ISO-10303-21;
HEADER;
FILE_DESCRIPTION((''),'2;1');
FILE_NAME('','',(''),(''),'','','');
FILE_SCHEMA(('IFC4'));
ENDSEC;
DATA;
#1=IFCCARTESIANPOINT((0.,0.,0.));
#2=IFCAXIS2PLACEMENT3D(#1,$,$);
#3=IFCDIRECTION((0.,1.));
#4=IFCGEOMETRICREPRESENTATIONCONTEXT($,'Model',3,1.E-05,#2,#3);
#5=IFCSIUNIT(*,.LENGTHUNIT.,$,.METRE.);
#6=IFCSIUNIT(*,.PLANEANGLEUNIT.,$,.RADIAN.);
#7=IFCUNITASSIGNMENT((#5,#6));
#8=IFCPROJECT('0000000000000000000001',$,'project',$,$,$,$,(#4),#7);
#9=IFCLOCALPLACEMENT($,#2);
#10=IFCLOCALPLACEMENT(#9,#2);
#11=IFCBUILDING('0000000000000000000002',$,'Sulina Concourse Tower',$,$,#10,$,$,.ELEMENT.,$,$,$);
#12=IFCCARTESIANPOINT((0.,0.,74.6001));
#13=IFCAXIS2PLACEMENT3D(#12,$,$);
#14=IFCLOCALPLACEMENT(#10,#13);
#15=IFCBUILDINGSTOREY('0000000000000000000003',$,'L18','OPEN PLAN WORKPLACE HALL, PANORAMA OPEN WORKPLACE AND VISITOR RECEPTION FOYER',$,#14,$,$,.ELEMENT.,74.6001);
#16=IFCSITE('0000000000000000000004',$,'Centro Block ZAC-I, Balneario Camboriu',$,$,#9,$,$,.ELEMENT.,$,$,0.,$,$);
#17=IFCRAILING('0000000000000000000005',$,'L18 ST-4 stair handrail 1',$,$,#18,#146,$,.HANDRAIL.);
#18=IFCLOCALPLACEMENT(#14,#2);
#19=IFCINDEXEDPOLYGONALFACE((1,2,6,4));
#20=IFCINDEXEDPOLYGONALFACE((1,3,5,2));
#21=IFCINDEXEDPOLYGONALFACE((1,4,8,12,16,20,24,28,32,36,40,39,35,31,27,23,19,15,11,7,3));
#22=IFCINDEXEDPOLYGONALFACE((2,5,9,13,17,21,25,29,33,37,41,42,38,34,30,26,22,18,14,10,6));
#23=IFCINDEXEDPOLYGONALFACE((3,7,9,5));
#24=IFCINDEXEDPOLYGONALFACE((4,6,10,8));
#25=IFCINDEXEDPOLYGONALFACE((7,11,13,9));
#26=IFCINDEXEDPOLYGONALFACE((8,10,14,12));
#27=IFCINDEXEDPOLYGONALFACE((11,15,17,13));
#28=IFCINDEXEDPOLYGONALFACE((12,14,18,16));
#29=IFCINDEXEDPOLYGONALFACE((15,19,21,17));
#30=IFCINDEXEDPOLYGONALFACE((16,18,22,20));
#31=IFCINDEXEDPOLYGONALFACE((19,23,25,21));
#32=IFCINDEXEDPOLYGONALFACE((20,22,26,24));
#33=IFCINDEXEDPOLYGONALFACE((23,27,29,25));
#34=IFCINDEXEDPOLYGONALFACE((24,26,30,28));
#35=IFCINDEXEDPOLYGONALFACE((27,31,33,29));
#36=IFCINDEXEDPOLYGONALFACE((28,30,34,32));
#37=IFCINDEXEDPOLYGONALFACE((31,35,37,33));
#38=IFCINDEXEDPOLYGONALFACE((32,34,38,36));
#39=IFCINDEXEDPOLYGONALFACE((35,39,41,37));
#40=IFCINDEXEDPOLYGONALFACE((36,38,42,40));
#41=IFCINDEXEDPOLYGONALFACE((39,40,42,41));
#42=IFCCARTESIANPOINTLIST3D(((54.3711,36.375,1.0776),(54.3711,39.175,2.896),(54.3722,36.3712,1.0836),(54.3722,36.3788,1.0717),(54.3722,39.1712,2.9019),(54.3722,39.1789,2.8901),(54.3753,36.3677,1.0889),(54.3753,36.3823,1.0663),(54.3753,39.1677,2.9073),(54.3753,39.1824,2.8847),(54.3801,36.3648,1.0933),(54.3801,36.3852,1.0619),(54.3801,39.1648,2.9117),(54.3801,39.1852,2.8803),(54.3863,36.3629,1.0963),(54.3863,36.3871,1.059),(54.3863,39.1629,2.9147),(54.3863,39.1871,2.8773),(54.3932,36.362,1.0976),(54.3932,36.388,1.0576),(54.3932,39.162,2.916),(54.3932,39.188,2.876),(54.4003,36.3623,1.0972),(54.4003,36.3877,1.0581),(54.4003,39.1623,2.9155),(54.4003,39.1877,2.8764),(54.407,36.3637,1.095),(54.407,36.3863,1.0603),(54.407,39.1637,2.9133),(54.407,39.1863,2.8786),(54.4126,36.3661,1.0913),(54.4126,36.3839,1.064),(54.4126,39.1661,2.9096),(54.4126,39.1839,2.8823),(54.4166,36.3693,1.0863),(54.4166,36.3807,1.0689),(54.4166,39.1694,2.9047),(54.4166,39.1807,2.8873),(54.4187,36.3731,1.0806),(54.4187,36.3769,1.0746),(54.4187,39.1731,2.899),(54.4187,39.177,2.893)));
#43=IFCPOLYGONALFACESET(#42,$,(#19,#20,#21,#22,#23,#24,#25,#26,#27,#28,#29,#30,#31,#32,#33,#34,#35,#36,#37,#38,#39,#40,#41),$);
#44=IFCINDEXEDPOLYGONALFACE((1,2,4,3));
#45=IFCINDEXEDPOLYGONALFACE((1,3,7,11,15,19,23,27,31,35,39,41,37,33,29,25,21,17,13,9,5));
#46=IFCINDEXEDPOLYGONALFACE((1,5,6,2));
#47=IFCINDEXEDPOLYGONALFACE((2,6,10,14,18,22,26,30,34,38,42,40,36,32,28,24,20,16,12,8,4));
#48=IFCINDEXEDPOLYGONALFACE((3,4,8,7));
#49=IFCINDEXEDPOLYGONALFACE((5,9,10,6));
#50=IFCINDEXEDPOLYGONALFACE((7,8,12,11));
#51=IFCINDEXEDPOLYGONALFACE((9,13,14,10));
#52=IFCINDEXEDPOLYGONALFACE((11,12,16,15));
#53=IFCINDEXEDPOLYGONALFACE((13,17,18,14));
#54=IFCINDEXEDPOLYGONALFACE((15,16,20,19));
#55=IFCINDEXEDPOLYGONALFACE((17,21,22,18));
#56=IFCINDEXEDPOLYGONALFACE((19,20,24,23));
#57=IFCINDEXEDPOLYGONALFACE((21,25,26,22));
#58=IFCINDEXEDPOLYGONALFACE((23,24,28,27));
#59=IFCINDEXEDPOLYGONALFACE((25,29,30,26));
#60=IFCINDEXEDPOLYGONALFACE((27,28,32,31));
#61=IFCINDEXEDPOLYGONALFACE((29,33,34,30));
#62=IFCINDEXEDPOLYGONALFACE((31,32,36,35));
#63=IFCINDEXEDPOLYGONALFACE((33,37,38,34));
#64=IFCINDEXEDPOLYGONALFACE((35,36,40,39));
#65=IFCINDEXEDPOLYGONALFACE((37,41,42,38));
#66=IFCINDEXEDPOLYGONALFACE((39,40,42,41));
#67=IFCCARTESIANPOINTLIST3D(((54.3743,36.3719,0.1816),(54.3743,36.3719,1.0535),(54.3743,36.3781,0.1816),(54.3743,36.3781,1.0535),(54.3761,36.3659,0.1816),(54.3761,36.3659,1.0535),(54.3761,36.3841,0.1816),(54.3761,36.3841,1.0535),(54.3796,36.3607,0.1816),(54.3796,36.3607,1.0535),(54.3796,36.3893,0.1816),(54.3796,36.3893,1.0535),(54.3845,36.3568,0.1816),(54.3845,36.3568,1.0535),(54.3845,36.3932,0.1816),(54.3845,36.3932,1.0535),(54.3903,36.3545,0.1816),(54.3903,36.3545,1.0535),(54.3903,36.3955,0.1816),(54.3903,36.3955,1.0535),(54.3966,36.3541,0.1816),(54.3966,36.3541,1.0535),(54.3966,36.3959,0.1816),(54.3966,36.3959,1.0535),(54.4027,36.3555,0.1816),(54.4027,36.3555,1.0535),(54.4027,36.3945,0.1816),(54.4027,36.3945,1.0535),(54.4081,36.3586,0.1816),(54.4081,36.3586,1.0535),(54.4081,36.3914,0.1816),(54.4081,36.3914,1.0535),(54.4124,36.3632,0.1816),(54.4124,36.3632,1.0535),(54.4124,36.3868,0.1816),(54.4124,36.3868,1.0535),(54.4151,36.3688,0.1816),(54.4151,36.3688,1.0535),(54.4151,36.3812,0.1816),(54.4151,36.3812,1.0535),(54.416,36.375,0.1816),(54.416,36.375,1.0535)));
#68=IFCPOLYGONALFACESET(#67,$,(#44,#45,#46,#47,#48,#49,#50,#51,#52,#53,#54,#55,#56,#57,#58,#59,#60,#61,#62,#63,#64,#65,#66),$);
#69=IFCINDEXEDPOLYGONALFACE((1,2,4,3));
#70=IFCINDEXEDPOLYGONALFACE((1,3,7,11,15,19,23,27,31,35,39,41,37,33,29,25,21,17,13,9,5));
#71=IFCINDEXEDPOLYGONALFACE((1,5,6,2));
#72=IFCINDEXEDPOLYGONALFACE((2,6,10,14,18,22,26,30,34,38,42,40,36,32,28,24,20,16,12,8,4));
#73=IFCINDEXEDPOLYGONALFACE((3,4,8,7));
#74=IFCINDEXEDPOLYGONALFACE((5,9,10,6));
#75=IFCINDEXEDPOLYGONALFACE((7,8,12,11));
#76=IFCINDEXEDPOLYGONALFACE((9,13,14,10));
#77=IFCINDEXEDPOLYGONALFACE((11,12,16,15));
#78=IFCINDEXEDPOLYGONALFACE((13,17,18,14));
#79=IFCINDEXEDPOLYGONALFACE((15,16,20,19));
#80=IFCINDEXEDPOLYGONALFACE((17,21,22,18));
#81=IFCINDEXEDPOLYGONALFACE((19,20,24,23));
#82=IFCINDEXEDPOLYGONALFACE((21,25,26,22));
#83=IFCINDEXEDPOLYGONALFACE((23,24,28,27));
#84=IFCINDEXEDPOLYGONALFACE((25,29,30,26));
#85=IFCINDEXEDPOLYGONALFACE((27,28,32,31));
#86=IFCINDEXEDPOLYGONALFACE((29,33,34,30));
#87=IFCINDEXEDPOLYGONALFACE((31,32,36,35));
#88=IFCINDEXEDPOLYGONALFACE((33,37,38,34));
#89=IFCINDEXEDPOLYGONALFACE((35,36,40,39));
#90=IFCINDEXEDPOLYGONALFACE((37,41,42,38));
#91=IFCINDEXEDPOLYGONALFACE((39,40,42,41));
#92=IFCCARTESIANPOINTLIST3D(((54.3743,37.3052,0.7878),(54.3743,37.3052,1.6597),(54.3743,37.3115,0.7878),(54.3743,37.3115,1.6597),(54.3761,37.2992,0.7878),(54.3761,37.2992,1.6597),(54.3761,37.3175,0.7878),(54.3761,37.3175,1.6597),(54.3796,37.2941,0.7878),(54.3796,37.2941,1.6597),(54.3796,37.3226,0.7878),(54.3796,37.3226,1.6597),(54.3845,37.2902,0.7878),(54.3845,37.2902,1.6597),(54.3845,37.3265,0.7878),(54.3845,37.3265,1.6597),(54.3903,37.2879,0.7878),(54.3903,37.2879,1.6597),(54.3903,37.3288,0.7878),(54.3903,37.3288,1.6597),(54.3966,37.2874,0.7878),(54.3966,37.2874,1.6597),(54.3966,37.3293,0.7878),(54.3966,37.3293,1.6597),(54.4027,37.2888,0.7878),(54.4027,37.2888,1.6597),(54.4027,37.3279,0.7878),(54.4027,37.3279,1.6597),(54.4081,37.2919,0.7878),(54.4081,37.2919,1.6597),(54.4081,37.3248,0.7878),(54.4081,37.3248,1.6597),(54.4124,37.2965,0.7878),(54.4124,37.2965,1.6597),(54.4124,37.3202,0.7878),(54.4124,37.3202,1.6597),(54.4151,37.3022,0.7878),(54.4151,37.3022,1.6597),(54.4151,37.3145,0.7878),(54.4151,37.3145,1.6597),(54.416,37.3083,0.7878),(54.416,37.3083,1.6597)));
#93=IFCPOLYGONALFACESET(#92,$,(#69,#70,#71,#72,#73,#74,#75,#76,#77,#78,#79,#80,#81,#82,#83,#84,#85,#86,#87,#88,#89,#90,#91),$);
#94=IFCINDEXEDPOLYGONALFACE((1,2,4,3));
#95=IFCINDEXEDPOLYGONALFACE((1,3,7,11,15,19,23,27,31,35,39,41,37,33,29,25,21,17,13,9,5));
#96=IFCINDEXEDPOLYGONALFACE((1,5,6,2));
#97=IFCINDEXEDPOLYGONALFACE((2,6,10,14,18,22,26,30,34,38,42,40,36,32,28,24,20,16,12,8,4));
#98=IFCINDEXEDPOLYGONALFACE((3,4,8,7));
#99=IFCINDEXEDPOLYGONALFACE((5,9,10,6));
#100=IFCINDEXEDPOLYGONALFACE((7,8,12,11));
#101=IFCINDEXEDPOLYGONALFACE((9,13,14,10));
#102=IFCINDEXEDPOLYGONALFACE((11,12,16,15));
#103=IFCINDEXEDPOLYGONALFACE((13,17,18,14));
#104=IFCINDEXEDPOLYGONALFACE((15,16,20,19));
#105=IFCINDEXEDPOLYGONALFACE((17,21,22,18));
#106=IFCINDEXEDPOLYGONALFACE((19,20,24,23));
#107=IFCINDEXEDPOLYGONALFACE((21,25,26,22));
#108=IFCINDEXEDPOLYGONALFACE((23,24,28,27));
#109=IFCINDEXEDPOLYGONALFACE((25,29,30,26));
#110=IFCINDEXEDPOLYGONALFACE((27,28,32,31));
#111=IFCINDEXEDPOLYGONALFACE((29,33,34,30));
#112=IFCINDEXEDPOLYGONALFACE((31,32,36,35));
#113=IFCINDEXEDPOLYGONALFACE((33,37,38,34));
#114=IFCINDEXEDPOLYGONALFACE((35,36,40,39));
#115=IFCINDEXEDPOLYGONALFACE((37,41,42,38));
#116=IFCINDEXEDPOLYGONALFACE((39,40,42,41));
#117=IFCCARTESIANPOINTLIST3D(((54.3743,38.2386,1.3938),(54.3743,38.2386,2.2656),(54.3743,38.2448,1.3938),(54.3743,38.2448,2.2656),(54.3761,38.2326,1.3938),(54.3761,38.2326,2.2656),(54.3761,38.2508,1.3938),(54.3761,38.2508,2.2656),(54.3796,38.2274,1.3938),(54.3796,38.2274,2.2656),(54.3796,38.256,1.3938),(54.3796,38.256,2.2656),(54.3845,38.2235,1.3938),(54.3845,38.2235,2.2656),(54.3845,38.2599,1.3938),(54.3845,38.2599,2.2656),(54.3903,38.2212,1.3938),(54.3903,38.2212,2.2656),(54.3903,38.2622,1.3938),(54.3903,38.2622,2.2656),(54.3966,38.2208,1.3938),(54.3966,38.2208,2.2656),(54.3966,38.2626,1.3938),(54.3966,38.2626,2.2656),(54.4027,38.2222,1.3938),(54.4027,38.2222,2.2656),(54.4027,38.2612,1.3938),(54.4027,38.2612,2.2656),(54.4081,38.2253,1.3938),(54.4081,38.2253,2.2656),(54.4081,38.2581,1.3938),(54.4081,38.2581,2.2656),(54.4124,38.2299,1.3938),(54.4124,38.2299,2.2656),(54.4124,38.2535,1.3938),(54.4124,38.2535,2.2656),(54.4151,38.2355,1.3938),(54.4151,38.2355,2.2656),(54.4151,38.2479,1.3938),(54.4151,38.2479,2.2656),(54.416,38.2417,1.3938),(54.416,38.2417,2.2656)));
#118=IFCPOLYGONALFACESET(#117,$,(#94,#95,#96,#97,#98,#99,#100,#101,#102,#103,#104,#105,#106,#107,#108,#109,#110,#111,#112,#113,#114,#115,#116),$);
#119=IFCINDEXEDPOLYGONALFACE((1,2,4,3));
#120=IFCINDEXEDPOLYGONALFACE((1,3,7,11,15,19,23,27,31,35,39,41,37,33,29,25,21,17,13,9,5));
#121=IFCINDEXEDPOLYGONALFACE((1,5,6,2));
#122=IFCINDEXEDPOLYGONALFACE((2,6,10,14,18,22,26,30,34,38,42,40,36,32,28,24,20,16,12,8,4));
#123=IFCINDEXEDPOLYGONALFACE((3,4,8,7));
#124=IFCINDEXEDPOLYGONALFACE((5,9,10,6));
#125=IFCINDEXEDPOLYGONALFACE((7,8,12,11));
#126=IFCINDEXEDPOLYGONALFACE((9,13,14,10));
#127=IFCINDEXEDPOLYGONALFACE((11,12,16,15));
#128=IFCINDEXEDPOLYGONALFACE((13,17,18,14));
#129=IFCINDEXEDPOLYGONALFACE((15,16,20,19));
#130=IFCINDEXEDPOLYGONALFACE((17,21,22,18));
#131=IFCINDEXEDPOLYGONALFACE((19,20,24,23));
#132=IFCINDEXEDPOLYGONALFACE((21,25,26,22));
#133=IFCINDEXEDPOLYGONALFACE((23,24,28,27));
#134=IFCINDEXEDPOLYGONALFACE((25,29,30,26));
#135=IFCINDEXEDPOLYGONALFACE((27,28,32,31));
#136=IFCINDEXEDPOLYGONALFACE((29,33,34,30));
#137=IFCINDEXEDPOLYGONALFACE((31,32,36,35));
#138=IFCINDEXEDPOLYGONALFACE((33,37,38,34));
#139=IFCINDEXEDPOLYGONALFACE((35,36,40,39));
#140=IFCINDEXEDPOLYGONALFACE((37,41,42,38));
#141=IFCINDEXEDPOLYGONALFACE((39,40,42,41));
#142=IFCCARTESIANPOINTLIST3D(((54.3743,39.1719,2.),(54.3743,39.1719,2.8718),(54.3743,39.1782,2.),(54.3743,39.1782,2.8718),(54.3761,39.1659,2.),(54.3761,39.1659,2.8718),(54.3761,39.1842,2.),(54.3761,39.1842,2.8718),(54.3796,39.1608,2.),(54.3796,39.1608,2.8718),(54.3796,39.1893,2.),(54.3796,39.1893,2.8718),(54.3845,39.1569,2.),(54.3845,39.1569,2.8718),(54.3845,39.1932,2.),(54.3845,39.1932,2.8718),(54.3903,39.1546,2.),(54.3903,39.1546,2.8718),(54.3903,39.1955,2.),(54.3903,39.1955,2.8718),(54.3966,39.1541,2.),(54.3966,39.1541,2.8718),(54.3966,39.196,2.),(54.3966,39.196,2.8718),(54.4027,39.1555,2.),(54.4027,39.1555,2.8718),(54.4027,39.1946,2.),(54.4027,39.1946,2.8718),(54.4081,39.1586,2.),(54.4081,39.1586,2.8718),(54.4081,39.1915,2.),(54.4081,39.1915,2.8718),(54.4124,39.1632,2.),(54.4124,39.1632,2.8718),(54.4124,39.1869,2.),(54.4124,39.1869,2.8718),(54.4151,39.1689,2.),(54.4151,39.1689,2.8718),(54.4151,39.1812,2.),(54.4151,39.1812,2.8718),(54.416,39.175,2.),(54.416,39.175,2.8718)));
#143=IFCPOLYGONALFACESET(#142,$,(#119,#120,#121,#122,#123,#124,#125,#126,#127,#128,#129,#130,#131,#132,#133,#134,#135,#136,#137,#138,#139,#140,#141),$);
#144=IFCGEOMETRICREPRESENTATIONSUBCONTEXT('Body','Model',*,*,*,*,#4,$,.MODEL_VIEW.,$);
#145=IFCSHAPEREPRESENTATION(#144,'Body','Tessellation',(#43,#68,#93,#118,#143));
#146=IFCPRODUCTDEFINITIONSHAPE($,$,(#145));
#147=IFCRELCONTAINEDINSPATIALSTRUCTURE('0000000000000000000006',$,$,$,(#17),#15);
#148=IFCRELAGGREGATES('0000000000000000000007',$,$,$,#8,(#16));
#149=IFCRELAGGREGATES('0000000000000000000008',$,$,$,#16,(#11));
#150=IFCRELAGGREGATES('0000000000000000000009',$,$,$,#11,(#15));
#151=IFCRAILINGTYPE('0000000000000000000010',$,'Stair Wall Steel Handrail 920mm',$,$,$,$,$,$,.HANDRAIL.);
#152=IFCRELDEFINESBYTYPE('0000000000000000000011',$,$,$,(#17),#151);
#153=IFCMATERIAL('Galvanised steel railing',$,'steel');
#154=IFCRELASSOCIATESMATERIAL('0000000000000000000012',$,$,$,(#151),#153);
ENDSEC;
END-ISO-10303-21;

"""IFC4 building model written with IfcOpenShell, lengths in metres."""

from ifc_helpers import new_model, si_unit, direction, frame, origin, origin_2d, place, context, subcontext, project, spatial, circle, extrude, material, type_object, element, save


model = new_model("IFC4")

# Units and contexts
model_context = context("Model", 3, precision=1e-05, world=origin(), true_north=direction((0.0, 1.0)))
body_context = subcontext(model_context, "Body", "Model", "MODEL_VIEW")
ifc_project = project(units=[si_unit("LENGTHUNIT", "METRE"), si_unit("PLANEANGLEUNIT", "RADIAN")], contexts=[model_context])

# Site, building, storey
site_placement = place(None, origin())
site = spatial("IfcSite", under=ifc_project, at=site_placement, Name="Centro Block ZAC-I, Balneario Camboriu", CompositionType="ELEMENT", RefElevation=0.0)
building_placement = place(site_placement, origin())
building = spatial("IfcBuilding", under=site, at=building_placement, Name="Sulina Concourse Tower", CompositionType="ELEMENT")
storey_placement = place(building_placement, frame((0.0, 0.0, 74.6001)))
storey = spatial("IfcBuildingStorey", under=building, at=storey_placement, Name="L18", Description="OPEN PLAN WORKPLACE HALL, PANORAMA OPEN WORKPLACE AND VISITOR RECEPTION FOYER", CompositionType="ELEMENT", Elevation=74.6001)

# Railing
ifc_material_1 = material(Name="Galvanised steel railing", Category="steel")
railing_type_1 = type_object("IfcRailingType", Name="Stair Wall Steel Handrail 920mm", PredefinedType="HANDRAIL", material=ifc_material_1)
for number, where, name in (
    (1, (54.395, 36.375, 0.1816), "L18 ST-4 stair handrail 1"),
):
    element("IfcRailing", number, at=place(storey_placement, frame(where)), inside=storey, type_object=railing_type_1, Name=name, PredefinedType="HANDRAIL", context=body_context, shape_type="SweptSolid", body=[
        extrude(circle(Radius=0.0239, at=origin_2d()), frame((0.0, 0.0, 0.896), z_axis=(0.0, 0.838672, 0.544636), x_axis=(-1.0, 0.0, 0.0)), (0.0, 0.0, 1.0), 3.3386),
        extrude(circle(Radius=0.021, at=origin_2d()), origin(), (0.0, 0.0, 1.0), 0.8718),
        extrude(circle(Radius=0.021, at=origin_2d()), frame((0.0, 0.9333, 0.6062)), (0.0, 0.0, 1.0), 0.8718),
        extrude(circle(Radius=0.021, at=origin_2d()), frame((0.0, 1.8667, 1.2122)), (0.0, 0.0, 1.0), 0.8718),
        extrude(circle(Radius=0.021, at=origin_2d()), frame((0.0, 2.8, 1.8184)), (0.0, 0.0, 1.0), 0.8718),
    ])

save(model, "model.ifc")
